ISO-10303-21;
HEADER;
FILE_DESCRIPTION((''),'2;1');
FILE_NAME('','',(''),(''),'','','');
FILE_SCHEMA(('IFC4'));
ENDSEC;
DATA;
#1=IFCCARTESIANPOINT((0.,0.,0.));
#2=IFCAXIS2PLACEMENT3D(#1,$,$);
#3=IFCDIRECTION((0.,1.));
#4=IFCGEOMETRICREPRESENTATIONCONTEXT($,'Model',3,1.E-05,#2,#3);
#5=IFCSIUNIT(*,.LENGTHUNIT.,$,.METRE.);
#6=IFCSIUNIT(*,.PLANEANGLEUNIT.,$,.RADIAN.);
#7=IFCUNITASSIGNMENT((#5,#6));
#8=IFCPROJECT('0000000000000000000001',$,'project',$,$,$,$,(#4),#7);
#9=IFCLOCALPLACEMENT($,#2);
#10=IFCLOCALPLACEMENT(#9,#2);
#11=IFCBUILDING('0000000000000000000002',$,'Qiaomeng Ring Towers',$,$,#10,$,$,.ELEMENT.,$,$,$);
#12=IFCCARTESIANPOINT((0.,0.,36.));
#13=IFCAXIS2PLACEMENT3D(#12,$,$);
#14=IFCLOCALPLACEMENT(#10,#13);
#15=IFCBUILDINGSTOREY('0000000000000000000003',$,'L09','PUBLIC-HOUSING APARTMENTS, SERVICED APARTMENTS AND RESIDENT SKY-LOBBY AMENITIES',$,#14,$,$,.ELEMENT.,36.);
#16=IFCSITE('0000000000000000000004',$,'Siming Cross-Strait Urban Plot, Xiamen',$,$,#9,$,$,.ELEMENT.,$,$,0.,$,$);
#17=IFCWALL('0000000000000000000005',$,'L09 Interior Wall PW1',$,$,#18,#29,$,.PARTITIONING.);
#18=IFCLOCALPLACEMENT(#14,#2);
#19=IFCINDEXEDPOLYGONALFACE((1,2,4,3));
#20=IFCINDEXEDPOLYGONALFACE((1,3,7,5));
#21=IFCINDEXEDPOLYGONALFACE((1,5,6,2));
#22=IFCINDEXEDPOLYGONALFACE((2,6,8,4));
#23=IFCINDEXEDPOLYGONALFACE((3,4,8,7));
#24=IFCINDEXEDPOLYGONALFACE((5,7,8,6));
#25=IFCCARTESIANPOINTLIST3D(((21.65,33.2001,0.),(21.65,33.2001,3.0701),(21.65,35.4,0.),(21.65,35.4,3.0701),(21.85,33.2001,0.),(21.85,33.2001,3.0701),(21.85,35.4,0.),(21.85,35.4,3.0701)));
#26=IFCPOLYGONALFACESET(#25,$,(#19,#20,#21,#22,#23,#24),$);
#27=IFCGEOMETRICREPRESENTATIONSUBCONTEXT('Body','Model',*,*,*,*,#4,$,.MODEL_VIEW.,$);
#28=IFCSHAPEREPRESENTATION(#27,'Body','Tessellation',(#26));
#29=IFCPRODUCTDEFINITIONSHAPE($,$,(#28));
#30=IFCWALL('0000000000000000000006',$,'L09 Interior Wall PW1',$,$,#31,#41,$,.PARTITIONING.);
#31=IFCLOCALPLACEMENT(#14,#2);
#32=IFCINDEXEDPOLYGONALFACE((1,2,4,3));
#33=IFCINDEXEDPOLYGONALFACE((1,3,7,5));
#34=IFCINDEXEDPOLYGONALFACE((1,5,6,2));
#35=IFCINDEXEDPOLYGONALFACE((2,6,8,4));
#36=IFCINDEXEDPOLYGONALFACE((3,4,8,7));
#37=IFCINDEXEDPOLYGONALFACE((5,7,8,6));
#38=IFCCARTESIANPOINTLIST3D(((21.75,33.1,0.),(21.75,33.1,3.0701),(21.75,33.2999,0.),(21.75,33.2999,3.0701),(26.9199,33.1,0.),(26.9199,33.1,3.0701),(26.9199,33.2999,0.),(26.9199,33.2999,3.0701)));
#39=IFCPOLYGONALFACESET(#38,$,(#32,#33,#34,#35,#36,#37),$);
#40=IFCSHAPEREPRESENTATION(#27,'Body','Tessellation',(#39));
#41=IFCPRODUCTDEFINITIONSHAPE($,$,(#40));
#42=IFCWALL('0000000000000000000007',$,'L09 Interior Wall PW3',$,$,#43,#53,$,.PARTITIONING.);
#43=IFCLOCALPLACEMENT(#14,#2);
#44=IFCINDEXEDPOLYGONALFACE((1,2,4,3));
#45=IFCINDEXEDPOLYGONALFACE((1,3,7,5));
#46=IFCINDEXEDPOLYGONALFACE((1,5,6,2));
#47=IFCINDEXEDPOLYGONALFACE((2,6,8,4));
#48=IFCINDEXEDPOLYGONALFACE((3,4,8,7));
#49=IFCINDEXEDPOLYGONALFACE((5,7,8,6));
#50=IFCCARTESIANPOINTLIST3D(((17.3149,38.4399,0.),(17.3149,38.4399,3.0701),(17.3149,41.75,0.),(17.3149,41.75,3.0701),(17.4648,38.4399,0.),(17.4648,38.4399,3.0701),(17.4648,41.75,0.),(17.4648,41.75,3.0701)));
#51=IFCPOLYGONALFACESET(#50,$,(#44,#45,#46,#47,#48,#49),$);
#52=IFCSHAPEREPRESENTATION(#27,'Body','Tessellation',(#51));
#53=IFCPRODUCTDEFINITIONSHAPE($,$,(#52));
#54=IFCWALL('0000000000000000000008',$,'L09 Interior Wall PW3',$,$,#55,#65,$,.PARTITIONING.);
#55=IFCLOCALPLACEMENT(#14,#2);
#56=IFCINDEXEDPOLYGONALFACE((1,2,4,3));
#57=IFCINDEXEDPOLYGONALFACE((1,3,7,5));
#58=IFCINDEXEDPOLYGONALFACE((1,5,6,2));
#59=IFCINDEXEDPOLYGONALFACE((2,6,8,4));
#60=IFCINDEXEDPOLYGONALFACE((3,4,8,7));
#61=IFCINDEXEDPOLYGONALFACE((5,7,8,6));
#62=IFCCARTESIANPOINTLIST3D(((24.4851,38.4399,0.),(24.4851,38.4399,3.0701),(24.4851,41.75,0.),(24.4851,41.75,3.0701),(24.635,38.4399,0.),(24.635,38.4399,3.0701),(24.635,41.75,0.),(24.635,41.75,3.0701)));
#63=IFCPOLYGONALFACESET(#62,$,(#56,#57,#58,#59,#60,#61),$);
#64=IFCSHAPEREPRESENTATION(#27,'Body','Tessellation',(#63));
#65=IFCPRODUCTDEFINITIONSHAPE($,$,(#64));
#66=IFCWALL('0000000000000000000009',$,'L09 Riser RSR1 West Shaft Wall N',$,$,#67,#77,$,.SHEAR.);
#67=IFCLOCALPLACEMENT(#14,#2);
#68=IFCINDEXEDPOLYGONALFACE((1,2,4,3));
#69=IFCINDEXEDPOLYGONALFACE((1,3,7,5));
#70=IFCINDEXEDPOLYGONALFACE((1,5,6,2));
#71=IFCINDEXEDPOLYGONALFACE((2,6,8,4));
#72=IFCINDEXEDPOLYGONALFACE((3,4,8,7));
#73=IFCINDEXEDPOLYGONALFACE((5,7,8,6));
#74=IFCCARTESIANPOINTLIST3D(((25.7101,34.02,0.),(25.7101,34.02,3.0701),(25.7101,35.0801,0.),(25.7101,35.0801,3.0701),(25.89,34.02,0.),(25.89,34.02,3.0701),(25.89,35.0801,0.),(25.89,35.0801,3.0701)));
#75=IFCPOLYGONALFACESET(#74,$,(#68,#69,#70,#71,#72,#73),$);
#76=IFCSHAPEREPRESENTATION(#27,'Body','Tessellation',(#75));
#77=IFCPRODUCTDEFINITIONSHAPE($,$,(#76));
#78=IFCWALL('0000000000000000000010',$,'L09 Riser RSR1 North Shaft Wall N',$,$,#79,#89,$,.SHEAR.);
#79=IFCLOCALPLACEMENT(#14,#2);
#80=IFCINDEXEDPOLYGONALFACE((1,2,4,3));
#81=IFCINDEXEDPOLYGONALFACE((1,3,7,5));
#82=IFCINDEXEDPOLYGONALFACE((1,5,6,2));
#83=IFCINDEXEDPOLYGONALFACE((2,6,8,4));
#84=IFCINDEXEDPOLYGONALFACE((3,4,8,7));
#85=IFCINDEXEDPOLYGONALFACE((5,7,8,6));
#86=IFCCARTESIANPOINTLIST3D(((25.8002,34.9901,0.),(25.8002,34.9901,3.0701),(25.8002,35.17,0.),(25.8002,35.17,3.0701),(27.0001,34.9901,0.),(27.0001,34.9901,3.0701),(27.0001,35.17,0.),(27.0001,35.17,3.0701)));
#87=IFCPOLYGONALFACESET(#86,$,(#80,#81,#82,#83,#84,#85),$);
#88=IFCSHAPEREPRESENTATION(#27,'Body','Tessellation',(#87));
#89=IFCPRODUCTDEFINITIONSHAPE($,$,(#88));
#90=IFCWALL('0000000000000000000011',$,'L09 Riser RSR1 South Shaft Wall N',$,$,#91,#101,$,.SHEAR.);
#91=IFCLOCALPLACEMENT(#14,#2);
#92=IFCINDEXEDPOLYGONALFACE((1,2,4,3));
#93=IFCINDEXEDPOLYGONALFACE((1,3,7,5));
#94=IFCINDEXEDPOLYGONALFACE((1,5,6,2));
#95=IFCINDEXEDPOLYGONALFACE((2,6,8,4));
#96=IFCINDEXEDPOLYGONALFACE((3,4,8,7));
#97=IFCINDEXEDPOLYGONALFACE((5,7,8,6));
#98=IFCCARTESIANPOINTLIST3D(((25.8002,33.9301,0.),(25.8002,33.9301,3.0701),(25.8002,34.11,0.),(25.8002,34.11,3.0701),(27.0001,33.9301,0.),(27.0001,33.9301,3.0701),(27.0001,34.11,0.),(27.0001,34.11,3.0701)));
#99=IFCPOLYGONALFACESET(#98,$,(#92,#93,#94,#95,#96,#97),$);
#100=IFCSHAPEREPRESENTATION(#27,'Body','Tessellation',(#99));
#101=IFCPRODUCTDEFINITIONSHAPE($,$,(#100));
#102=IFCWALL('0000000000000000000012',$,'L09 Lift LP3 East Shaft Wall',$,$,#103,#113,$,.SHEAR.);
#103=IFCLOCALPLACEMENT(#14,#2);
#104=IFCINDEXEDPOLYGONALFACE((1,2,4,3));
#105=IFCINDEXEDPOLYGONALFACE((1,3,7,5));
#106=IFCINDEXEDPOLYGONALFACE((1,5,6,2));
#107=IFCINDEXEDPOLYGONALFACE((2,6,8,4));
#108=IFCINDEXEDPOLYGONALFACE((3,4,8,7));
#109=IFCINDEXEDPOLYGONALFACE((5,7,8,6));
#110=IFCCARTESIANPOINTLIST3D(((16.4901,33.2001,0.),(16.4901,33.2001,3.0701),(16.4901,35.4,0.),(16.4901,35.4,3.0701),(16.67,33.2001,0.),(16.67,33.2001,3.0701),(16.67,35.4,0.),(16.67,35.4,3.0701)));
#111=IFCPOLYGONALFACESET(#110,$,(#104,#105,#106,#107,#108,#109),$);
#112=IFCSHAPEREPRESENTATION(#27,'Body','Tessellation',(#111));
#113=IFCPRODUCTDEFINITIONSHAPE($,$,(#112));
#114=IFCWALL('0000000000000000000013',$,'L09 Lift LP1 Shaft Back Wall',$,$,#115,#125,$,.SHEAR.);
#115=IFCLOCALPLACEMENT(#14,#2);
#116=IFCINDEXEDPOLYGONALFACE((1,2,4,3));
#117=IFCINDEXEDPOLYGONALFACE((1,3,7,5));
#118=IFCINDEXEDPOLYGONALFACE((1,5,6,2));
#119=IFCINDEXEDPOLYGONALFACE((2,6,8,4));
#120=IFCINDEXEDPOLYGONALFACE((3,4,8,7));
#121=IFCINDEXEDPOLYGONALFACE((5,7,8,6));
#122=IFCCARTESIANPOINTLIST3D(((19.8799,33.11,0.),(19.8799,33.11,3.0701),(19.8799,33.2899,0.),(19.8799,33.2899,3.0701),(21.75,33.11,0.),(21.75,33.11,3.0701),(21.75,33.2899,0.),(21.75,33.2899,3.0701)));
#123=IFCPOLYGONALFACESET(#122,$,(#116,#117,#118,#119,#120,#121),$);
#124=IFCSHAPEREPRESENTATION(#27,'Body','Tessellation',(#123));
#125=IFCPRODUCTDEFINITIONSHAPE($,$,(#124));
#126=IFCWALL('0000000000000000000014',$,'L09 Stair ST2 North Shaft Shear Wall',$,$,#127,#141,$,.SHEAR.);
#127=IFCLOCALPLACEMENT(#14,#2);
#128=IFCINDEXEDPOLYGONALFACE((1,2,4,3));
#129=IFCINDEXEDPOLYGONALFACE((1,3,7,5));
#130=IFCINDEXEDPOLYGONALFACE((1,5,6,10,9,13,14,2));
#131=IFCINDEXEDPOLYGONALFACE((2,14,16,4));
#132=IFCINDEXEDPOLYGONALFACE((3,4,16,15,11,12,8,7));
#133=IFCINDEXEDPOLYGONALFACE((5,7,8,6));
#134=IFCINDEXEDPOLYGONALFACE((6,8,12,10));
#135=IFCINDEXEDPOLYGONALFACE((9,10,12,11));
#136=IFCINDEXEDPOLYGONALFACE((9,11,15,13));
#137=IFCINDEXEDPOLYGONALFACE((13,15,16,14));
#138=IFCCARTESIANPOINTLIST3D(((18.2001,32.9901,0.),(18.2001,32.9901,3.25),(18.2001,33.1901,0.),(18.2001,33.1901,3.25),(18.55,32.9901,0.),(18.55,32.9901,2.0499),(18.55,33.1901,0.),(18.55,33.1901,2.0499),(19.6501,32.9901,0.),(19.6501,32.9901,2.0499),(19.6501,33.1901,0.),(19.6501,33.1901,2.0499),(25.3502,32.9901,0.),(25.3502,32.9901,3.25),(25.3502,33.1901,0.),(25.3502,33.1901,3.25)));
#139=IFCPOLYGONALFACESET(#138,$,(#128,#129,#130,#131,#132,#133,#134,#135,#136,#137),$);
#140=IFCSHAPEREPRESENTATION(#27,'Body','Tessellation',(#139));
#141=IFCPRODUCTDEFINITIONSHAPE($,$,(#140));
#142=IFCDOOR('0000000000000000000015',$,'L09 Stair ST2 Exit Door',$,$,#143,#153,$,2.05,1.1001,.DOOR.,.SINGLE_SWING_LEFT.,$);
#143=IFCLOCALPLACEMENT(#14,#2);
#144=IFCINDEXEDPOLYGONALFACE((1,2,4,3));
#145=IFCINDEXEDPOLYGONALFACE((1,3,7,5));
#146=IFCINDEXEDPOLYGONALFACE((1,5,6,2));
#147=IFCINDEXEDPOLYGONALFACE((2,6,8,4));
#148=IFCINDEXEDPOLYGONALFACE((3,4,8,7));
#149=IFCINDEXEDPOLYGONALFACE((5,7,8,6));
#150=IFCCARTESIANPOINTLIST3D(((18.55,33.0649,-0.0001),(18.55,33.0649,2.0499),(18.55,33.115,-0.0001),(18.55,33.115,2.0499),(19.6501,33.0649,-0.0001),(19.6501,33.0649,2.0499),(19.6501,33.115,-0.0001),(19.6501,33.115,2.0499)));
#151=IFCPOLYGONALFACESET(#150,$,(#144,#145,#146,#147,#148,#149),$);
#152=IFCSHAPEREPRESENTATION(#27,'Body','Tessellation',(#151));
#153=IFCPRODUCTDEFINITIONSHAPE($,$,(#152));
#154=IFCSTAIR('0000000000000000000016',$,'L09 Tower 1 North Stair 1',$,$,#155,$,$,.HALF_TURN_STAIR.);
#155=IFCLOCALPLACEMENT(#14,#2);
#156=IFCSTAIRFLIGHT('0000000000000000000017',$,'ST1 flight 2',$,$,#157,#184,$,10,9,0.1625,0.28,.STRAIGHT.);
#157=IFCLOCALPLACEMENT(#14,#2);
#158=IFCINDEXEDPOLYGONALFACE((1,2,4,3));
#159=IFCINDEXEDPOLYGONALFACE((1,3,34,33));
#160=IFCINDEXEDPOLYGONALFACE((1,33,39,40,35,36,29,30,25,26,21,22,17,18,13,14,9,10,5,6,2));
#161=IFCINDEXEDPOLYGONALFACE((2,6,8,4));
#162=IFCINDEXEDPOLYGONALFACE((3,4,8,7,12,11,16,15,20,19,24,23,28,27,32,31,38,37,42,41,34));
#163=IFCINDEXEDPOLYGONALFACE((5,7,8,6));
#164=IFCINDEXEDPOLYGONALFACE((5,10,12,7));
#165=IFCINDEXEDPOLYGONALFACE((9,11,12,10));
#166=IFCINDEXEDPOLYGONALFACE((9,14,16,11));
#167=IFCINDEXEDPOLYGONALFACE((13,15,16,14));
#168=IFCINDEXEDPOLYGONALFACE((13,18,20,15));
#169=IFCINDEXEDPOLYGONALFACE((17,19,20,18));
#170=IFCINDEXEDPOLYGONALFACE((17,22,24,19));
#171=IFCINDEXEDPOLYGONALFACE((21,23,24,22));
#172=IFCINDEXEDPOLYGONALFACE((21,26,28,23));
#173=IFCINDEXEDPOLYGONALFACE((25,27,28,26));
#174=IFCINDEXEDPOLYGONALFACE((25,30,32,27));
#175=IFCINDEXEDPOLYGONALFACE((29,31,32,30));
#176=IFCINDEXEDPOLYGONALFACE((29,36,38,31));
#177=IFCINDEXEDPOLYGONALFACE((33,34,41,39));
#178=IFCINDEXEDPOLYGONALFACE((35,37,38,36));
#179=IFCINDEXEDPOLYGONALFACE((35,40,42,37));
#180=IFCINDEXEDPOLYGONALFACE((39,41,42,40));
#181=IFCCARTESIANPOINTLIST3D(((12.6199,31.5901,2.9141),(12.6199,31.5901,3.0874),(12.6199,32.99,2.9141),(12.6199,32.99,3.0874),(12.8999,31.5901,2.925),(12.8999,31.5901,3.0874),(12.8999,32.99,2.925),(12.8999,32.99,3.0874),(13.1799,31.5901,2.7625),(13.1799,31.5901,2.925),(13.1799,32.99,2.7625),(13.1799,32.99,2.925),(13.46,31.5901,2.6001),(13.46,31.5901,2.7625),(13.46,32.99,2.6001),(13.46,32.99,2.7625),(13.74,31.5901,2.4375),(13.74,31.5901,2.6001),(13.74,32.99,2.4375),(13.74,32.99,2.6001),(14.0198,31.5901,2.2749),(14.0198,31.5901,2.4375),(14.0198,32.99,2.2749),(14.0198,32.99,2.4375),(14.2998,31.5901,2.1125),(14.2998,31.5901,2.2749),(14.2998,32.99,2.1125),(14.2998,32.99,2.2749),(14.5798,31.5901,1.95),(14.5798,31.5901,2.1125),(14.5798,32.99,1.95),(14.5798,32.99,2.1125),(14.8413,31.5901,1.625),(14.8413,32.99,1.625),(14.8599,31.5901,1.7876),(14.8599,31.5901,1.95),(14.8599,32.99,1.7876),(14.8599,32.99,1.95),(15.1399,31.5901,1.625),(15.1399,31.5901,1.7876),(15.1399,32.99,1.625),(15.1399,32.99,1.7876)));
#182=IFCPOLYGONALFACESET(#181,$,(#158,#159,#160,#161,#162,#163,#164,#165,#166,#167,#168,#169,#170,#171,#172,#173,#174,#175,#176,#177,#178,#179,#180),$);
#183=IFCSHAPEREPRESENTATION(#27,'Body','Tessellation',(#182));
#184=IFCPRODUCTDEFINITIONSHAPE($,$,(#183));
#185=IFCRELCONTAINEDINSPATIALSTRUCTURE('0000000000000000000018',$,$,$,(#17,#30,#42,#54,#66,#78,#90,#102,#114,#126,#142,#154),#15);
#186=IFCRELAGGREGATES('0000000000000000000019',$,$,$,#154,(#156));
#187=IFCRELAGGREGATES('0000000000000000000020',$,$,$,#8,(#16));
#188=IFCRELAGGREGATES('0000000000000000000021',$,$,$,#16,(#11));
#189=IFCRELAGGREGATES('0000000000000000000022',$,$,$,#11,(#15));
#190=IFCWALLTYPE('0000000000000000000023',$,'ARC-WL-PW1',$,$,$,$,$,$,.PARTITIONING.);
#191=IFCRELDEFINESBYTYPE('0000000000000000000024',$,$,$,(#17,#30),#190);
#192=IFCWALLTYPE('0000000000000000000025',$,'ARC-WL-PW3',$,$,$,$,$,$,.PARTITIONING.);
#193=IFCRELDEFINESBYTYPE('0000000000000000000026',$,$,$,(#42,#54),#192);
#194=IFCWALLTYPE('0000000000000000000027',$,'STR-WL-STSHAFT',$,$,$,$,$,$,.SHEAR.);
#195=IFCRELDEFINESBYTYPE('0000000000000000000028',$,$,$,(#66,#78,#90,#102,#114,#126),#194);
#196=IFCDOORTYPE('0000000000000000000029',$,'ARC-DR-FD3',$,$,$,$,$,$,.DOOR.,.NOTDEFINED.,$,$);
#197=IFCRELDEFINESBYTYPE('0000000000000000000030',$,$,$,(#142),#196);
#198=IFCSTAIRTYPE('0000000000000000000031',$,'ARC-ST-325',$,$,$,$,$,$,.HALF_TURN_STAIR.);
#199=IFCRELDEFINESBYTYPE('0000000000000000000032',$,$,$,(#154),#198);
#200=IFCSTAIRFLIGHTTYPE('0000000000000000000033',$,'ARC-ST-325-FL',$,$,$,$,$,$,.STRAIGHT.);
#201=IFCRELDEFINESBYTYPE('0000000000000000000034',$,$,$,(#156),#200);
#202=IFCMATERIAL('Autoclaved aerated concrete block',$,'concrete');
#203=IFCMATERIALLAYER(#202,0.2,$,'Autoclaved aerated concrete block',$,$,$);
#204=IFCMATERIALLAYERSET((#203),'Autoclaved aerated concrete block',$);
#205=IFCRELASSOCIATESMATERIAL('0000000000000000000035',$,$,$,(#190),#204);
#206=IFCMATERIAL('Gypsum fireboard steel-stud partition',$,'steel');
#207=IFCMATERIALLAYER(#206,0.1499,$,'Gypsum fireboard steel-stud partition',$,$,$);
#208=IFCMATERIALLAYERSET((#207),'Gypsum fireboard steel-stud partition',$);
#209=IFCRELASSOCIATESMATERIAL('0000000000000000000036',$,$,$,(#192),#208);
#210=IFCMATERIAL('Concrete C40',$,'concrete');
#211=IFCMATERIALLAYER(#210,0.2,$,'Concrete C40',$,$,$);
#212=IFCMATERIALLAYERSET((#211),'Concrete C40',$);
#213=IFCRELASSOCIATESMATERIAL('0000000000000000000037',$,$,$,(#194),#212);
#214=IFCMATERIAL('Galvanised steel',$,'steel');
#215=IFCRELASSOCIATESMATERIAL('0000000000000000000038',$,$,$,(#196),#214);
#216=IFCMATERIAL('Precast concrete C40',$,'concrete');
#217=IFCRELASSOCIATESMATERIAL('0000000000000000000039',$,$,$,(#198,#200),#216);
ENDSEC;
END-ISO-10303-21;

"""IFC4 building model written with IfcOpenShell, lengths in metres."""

from ifc_helpers import new_model, si_unit, direction, frame, frame_2d, origin, place, context, subcontext, project, spatial, polyline, rectangle, outline, extrude, source, transform, mapped, material, layer, layer_set, type_object, element, fill, aggregate, save


model = new_model("IFC4")

# Units and contexts
model_context = context("Model", 3, precision=1e-05, world=origin(), true_north=direction((0.0, 1.0)))
body_context = subcontext(model_context, "Body", "Model", "MODEL_VIEW")
ifc_project = project(units=[si_unit("LENGTHUNIT", "METRE"), si_unit("PLANEANGLEUNIT", "RADIAN")], contexts=[model_context])

# Site, building, storey
site_placement = place(None, origin())
site = spatial("IfcSite", under=ifc_project, at=site_placement, Name="Siming Cross-Strait Urban Plot, Xiamen", CompositionType="ELEMENT", RefElevation=0.0)
building_placement = place(site_placement, origin())
building = spatial("IfcBuilding", under=site, at=building_placement, Name="Qiaomeng Ring Towers", CompositionType="ELEMENT")
storey_placement = place(building_placement, frame((0.0, 0.0, 36.0)))
storey = spatial("IfcBuildingStorey", under=building, at=storey_placement, Name="L09", Description="PUBLIC-HOUSING APARTMENTS, SERVICED APARTMENTS AND RESIDENT SKY-LOBBY AMENITIES", CompositionType="ELEMENT", Elevation=36.0)

# Walls
ifc_material_1 = material(Name="Autoclaved aerated concrete block", Category="concrete")
ifc_layer_1 = layer(ifc_material_1, 0.2, Name="Autoclaved aerated concrete block")
ifc_layer_set_1 = layer_set([ifc_layer_1], Name="Autoclaved aerated concrete block")
wall_type_1 = type_object("IfcWallType", Name="ARC-WL-PW1", PredefinedType="PARTITIONING", material=ifc_layer_set_1)
wall_1_placement = place(storey_placement, frame((21.75, 33.2, 0.0), z_axis=(0.0, 0.0, 1.0), x_axis=(0.0, 1.0, 0.0)))
element("IfcWall", 1, at=wall_1_placement, inside=storey, type_object=wall_type_1, Name="L09 Interior Wall PW1", PredefinedType="PARTITIONING", context=body_context, shape_type="SweptSolid", body=[
    extrude(rectangle(XDim=2.2, YDim=0.2, at=frame_2d((1.1001, 0.0))), origin(), (0.0, 0.0, 1.0), 3.0701),
])
wall_2_placement = place(storey_placement, frame((21.75, 33.2, 0.0), z_axis=(0.0, 0.0, 1.0), x_axis=(1.0, 0.0, 0.0)))
element("IfcWall", 2, at=wall_2_placement, inside=storey, type_object=wall_type_1, Name="L09 Interior Wall PW1", PredefinedType="PARTITIONING", context=body_context, shape_type="SweptSolid", body=[
    extrude(rectangle(XDim=5.1699, YDim=0.2, at=frame_2d((2.585, 0.0))), origin(), (0.0, 0.0, 1.0), 3.0701),
])
ifc_material_2 = material(Name="Gypsum fireboard steel-stud partition", Category="steel")
ifc_layer_2 = layer(ifc_material_2, 0.1499, Name="Gypsum fireboard steel-stud partition")
ifc_layer_set_2 = layer_set([ifc_layer_2], Name="Gypsum fireboard steel-stud partition")
wall_type_2 = type_object("IfcWallType", Name="ARC-WL-PW3", PredefinedType="PARTITIONING", material=ifc_layer_set_2)
for number, where, z_axis, x_axis, name in (
    (3, (17.3899, 38.4399, 0.0), (0.0, 0.0, 1.0), (0.0, 1.0, 0.0), "L09 Interior Wall PW3"),
    (4, (24.5601, 38.4399, 0.0), (0.0, 0.0, 1.0), (0.0, 1.0, 0.0), "L09 Interior Wall PW3"),
):
    element("IfcWall", number, at=place(storey_placement, frame(where, z_axis=z_axis, x_axis=x_axis)), inside=storey, type_object=wall_type_2, Name=name, PredefinedType="PARTITIONING", context=body_context, shape_type="SweptSolid", body=[
        extrude(rectangle(XDim=3.3101, YDim=0.1499, at=frame_2d((1.655, 0.0))), origin(), (0.0, 0.0, 1.0), 3.0701),
    ])
ifc_material_3 = material(Name="Concrete C40", Category="concrete")
ifc_layer_3 = layer(ifc_material_3, 0.2, Name="Concrete C40")
ifc_layer_set_3 = layer_set([ifc_layer_3], Name="Concrete C40")
wall_type_3 = type_object("IfcWallType", Name="STR-WL-STSHAFT", PredefinedType="SHEAR", material=ifc_layer_set_3)
wall_3_placement = place(storey_placement, frame((25.8, 34.02, 0.0), z_axis=(0.0, 0.0, 1.0), x_axis=(0.0, 1.0, 0.0)))
element("IfcWall", 5, at=wall_3_placement, inside=storey, type_object=wall_type_3, Name="L09 Riser RSR1 West Shaft Wall N", PredefinedType="SHEAR", context=body_context, shape_type="SweptSolid", body=[
    extrude(rectangle(XDim=1.0601, YDim=0.1799, at=frame_2d((0.53, 0.0))), origin(), (0.0, 0.0, 1.0), 3.0701),
])
for number, where, z_axis, x_axis, name in (
    (6, (25.8, 35.0801, 0.0), (0.0, 0.0, 1.0), (1.0, 0.0, 0.0), "L09 Riser RSR1 North Shaft Wall N"),
    (7, (25.8, 34.02, 0.0), (0.0, 0.0, 1.0), (1.0, 0.0, 0.0), "L09 Riser RSR1 South Shaft Wall N"),
):
    element("IfcWall", number, at=place(storey_placement, frame(where, z_axis=z_axis, x_axis=x_axis)), inside=storey, type_object=wall_type_3, Name=name, PredefinedType="SHEAR", context=body_context, shape_type="SweptSolid", body=[
        extrude(rectangle(XDim=1.2, YDim=0.1799, at=frame_2d((0.6001, 0.0))), origin(), (0.0, 0.0, 1.0), 3.0701),
    ])
wall_4_placement = place(storey_placement, frame((16.5801, 33.2, 0.0), z_axis=(0.0, 0.0, 1.0), x_axis=(0.0, 1.0, 0.0)))
element("IfcWall", 8, at=wall_4_placement, inside=storey, type_object=wall_type_3, Name="L09 Lift LP3 East Shaft Wall", PredefinedType="SHEAR", context=body_context, shape_type="SweptSolid", body=[
    extrude(rectangle(XDim=2.2, YDim=0.1799, at=frame_2d((1.1001, 0.0))), origin(), (0.0, 0.0, 1.0), 3.0701),
])
wall_5_placement = place(storey_placement, frame((19.8799, 33.2, 0.0), z_axis=(0.0, 0.0, 1.0), x_axis=(1.0, 0.0, 0.0)))
element("IfcWall", 9, at=wall_5_placement, inside=storey, type_object=wall_type_3, Name="L09 Lift LP1 Shaft Back Wall", PredefinedType="SHEAR", context=body_context, shape_type="SweptSolid", body=[
    extrude(rectangle(XDim=1.8701, YDim=0.1799, at=frame_2d((0.9351, 0.0))), origin(), (0.0, 0.0, 1.0), 3.0701),
])

# Wall, opening, door
wall_6_placement = place(storey_placement, frame((18.2, 33.0901, 0.0), z_axis=(0.0, 0.0, 1.0), x_axis=(1.0, 0.0, 0.0)))
wall_6 = element("IfcWall", 10, at=wall_6_placement, inside=storey, type_object=wall_type_3, Name="L09 Stair ST2 North Shaft Shear Wall", PredefinedType="SHEAR", context=body_context, shape_type="SweptSolid", body=[
    extrude(rectangle(XDim=7.1501, YDim=0.2, at=frame_2d((3.5752, 0.0))), origin(), (0.0, 0.0, 1.0), 3.25),
])
opening_placement = place(wall_6_placement, frame((0.3501, 0.0, 0.0)))
opening = element("IfcOpeningElement", 11, at=opening_placement, cuts=wall_6, PredefinedType="OPENING", context=body_context, shape_type="SweptSolid", body=[
    extrude(rectangle(XDim=1.1001, YDim=2.05, at=frame_2d((0.55, 1.0249))), frame((0.0, 0.1099, 0.0), z_axis=(0.0, -1.0, 0.0), x_axis=(1.0, 0.0, 0.0)), (0.0, 0.0, 1.0), 0.22),
])
ifc_material_4 = material(Name="Galvanised steel", Category="steel")
door_type = type_object("IfcDoorType", Name="ARC-DR-FD3", OperationType="NOTDEFINED", PredefinedType="DOOR", material=ifc_material_4)
shared_shape_1 = source(origin(), body_context, "Body", "SweptSolid", [
    extrude(rectangle(XDim=1.1001, YDim=2.05, at=frame_2d((0.55, 1.0249))), frame((0.0, 0.0249, 0.0), z_axis=(0.0, -1.0, 0.0), x_axis=(1.0, 0.0, 0.0)), (0.0, 0.0, 1.0), 0.05),
])
door_placement = place(opening_placement, origin())
door = element("IfcDoor", 12, at=door_placement, inside=storey, type_object=door_type, Name="L09 Stair ST2 Exit Door", OperationType="SINGLE_SWING_LEFT", OverallHeight=2.05, OverallWidth=1.1001, PredefinedType="DOOR", context=body_context, shape_type="MappedRepresentation", body=[
    mapped(shared_shape_1, transform((0.0, 0.0, 0.0), x_axis=(1.0, 0.0, 0.0), y_axis=(0.0, 1.0, 0.0), z_axis=(0.0, 0.0, 1.0), scale=1.0)),
])
fill(opening, door)

# Stair, stair flight
ifc_material_5 = material(Name="Precast concrete C40", Category="concrete")
stair_type = type_object("IfcStairType", Name="ARC-ST-325", PredefinedType="HALF_TURN_STAIR", material=ifc_material_5)
stair_1_placement = place(storey_placement, origin())
stair_1 = element("IfcStair", 13, at=stair_1_placement, inside=storey, type_object=stair_type, Name="L09 Tower 1 North Stair 1", PredefinedType="HALF_TURN_STAIR")
stair_flight_type = type_object("IfcStairFlightType", Name="ARC-ST-325-FL", PredefinedType="STRAIGHT", material=ifc_material_5)
shared_shape_2 = source(origin(), body_context, "Body", "SweptSolid", [
    extrude(outline(polyline([(0.0, 0.0), (0.0, 0.1626), (0.28, 0.1626), (0.28, 0.325), (0.5601, 0.325), (0.5601, 0.4875), (0.8401, 0.4875), (0.8401, 0.6499), (1.1201, 0.6499), (1.1201, 0.8125), (1.3999, 0.8125), (1.3999, 0.9751), (1.6799, 0.9751), (1.6799, 1.1375), (1.96, 1.1375), (1.96, 1.3), (2.24, 1.3), (2.24, 1.4624), (2.52, 1.4624), (2.52, 1.625), (2.52, 1.2891), (0.2986, 0.0), (0.0, 0.0)])), frame((0.0, 0.7, 0.0), z_axis=(0.0, -1.0, 0.0), x_axis=(1.0, 0.0, 0.0)), (0.0, 0.0, 1.0), 1.3999),
])
stair_flight_1_placement = place(storey_placement, frame((15.1399, 32.29, 1.625), z_axis=(0.0, 0.0, 1.0), x_axis=(-1.0, 0.0, 0.0)))
stair_flight_1 = element("IfcStairFlight", 14, at=stair_flight_1_placement, type_object=stair_flight_type, Name="ST1 flight 2", NumberOfRisers=10, NumberOfTreads=9, PredefinedType="STRAIGHT", RiserHeight=0.1625, TreadLength=0.28, context=body_context, shape_type="MappedRepresentation", body=[
    mapped(shared_shape_2, transform((0.0, 0.0, 0.0), x_axis=(1.0, 0.0, 0.0), y_axis=(0.0, 1.0, 0.0), z_axis=(0.0, 0.0, 1.0), scale=1.0)),
])
aggregate(stair_1, [stair_flight_1])

save(model, "model.ifc")
